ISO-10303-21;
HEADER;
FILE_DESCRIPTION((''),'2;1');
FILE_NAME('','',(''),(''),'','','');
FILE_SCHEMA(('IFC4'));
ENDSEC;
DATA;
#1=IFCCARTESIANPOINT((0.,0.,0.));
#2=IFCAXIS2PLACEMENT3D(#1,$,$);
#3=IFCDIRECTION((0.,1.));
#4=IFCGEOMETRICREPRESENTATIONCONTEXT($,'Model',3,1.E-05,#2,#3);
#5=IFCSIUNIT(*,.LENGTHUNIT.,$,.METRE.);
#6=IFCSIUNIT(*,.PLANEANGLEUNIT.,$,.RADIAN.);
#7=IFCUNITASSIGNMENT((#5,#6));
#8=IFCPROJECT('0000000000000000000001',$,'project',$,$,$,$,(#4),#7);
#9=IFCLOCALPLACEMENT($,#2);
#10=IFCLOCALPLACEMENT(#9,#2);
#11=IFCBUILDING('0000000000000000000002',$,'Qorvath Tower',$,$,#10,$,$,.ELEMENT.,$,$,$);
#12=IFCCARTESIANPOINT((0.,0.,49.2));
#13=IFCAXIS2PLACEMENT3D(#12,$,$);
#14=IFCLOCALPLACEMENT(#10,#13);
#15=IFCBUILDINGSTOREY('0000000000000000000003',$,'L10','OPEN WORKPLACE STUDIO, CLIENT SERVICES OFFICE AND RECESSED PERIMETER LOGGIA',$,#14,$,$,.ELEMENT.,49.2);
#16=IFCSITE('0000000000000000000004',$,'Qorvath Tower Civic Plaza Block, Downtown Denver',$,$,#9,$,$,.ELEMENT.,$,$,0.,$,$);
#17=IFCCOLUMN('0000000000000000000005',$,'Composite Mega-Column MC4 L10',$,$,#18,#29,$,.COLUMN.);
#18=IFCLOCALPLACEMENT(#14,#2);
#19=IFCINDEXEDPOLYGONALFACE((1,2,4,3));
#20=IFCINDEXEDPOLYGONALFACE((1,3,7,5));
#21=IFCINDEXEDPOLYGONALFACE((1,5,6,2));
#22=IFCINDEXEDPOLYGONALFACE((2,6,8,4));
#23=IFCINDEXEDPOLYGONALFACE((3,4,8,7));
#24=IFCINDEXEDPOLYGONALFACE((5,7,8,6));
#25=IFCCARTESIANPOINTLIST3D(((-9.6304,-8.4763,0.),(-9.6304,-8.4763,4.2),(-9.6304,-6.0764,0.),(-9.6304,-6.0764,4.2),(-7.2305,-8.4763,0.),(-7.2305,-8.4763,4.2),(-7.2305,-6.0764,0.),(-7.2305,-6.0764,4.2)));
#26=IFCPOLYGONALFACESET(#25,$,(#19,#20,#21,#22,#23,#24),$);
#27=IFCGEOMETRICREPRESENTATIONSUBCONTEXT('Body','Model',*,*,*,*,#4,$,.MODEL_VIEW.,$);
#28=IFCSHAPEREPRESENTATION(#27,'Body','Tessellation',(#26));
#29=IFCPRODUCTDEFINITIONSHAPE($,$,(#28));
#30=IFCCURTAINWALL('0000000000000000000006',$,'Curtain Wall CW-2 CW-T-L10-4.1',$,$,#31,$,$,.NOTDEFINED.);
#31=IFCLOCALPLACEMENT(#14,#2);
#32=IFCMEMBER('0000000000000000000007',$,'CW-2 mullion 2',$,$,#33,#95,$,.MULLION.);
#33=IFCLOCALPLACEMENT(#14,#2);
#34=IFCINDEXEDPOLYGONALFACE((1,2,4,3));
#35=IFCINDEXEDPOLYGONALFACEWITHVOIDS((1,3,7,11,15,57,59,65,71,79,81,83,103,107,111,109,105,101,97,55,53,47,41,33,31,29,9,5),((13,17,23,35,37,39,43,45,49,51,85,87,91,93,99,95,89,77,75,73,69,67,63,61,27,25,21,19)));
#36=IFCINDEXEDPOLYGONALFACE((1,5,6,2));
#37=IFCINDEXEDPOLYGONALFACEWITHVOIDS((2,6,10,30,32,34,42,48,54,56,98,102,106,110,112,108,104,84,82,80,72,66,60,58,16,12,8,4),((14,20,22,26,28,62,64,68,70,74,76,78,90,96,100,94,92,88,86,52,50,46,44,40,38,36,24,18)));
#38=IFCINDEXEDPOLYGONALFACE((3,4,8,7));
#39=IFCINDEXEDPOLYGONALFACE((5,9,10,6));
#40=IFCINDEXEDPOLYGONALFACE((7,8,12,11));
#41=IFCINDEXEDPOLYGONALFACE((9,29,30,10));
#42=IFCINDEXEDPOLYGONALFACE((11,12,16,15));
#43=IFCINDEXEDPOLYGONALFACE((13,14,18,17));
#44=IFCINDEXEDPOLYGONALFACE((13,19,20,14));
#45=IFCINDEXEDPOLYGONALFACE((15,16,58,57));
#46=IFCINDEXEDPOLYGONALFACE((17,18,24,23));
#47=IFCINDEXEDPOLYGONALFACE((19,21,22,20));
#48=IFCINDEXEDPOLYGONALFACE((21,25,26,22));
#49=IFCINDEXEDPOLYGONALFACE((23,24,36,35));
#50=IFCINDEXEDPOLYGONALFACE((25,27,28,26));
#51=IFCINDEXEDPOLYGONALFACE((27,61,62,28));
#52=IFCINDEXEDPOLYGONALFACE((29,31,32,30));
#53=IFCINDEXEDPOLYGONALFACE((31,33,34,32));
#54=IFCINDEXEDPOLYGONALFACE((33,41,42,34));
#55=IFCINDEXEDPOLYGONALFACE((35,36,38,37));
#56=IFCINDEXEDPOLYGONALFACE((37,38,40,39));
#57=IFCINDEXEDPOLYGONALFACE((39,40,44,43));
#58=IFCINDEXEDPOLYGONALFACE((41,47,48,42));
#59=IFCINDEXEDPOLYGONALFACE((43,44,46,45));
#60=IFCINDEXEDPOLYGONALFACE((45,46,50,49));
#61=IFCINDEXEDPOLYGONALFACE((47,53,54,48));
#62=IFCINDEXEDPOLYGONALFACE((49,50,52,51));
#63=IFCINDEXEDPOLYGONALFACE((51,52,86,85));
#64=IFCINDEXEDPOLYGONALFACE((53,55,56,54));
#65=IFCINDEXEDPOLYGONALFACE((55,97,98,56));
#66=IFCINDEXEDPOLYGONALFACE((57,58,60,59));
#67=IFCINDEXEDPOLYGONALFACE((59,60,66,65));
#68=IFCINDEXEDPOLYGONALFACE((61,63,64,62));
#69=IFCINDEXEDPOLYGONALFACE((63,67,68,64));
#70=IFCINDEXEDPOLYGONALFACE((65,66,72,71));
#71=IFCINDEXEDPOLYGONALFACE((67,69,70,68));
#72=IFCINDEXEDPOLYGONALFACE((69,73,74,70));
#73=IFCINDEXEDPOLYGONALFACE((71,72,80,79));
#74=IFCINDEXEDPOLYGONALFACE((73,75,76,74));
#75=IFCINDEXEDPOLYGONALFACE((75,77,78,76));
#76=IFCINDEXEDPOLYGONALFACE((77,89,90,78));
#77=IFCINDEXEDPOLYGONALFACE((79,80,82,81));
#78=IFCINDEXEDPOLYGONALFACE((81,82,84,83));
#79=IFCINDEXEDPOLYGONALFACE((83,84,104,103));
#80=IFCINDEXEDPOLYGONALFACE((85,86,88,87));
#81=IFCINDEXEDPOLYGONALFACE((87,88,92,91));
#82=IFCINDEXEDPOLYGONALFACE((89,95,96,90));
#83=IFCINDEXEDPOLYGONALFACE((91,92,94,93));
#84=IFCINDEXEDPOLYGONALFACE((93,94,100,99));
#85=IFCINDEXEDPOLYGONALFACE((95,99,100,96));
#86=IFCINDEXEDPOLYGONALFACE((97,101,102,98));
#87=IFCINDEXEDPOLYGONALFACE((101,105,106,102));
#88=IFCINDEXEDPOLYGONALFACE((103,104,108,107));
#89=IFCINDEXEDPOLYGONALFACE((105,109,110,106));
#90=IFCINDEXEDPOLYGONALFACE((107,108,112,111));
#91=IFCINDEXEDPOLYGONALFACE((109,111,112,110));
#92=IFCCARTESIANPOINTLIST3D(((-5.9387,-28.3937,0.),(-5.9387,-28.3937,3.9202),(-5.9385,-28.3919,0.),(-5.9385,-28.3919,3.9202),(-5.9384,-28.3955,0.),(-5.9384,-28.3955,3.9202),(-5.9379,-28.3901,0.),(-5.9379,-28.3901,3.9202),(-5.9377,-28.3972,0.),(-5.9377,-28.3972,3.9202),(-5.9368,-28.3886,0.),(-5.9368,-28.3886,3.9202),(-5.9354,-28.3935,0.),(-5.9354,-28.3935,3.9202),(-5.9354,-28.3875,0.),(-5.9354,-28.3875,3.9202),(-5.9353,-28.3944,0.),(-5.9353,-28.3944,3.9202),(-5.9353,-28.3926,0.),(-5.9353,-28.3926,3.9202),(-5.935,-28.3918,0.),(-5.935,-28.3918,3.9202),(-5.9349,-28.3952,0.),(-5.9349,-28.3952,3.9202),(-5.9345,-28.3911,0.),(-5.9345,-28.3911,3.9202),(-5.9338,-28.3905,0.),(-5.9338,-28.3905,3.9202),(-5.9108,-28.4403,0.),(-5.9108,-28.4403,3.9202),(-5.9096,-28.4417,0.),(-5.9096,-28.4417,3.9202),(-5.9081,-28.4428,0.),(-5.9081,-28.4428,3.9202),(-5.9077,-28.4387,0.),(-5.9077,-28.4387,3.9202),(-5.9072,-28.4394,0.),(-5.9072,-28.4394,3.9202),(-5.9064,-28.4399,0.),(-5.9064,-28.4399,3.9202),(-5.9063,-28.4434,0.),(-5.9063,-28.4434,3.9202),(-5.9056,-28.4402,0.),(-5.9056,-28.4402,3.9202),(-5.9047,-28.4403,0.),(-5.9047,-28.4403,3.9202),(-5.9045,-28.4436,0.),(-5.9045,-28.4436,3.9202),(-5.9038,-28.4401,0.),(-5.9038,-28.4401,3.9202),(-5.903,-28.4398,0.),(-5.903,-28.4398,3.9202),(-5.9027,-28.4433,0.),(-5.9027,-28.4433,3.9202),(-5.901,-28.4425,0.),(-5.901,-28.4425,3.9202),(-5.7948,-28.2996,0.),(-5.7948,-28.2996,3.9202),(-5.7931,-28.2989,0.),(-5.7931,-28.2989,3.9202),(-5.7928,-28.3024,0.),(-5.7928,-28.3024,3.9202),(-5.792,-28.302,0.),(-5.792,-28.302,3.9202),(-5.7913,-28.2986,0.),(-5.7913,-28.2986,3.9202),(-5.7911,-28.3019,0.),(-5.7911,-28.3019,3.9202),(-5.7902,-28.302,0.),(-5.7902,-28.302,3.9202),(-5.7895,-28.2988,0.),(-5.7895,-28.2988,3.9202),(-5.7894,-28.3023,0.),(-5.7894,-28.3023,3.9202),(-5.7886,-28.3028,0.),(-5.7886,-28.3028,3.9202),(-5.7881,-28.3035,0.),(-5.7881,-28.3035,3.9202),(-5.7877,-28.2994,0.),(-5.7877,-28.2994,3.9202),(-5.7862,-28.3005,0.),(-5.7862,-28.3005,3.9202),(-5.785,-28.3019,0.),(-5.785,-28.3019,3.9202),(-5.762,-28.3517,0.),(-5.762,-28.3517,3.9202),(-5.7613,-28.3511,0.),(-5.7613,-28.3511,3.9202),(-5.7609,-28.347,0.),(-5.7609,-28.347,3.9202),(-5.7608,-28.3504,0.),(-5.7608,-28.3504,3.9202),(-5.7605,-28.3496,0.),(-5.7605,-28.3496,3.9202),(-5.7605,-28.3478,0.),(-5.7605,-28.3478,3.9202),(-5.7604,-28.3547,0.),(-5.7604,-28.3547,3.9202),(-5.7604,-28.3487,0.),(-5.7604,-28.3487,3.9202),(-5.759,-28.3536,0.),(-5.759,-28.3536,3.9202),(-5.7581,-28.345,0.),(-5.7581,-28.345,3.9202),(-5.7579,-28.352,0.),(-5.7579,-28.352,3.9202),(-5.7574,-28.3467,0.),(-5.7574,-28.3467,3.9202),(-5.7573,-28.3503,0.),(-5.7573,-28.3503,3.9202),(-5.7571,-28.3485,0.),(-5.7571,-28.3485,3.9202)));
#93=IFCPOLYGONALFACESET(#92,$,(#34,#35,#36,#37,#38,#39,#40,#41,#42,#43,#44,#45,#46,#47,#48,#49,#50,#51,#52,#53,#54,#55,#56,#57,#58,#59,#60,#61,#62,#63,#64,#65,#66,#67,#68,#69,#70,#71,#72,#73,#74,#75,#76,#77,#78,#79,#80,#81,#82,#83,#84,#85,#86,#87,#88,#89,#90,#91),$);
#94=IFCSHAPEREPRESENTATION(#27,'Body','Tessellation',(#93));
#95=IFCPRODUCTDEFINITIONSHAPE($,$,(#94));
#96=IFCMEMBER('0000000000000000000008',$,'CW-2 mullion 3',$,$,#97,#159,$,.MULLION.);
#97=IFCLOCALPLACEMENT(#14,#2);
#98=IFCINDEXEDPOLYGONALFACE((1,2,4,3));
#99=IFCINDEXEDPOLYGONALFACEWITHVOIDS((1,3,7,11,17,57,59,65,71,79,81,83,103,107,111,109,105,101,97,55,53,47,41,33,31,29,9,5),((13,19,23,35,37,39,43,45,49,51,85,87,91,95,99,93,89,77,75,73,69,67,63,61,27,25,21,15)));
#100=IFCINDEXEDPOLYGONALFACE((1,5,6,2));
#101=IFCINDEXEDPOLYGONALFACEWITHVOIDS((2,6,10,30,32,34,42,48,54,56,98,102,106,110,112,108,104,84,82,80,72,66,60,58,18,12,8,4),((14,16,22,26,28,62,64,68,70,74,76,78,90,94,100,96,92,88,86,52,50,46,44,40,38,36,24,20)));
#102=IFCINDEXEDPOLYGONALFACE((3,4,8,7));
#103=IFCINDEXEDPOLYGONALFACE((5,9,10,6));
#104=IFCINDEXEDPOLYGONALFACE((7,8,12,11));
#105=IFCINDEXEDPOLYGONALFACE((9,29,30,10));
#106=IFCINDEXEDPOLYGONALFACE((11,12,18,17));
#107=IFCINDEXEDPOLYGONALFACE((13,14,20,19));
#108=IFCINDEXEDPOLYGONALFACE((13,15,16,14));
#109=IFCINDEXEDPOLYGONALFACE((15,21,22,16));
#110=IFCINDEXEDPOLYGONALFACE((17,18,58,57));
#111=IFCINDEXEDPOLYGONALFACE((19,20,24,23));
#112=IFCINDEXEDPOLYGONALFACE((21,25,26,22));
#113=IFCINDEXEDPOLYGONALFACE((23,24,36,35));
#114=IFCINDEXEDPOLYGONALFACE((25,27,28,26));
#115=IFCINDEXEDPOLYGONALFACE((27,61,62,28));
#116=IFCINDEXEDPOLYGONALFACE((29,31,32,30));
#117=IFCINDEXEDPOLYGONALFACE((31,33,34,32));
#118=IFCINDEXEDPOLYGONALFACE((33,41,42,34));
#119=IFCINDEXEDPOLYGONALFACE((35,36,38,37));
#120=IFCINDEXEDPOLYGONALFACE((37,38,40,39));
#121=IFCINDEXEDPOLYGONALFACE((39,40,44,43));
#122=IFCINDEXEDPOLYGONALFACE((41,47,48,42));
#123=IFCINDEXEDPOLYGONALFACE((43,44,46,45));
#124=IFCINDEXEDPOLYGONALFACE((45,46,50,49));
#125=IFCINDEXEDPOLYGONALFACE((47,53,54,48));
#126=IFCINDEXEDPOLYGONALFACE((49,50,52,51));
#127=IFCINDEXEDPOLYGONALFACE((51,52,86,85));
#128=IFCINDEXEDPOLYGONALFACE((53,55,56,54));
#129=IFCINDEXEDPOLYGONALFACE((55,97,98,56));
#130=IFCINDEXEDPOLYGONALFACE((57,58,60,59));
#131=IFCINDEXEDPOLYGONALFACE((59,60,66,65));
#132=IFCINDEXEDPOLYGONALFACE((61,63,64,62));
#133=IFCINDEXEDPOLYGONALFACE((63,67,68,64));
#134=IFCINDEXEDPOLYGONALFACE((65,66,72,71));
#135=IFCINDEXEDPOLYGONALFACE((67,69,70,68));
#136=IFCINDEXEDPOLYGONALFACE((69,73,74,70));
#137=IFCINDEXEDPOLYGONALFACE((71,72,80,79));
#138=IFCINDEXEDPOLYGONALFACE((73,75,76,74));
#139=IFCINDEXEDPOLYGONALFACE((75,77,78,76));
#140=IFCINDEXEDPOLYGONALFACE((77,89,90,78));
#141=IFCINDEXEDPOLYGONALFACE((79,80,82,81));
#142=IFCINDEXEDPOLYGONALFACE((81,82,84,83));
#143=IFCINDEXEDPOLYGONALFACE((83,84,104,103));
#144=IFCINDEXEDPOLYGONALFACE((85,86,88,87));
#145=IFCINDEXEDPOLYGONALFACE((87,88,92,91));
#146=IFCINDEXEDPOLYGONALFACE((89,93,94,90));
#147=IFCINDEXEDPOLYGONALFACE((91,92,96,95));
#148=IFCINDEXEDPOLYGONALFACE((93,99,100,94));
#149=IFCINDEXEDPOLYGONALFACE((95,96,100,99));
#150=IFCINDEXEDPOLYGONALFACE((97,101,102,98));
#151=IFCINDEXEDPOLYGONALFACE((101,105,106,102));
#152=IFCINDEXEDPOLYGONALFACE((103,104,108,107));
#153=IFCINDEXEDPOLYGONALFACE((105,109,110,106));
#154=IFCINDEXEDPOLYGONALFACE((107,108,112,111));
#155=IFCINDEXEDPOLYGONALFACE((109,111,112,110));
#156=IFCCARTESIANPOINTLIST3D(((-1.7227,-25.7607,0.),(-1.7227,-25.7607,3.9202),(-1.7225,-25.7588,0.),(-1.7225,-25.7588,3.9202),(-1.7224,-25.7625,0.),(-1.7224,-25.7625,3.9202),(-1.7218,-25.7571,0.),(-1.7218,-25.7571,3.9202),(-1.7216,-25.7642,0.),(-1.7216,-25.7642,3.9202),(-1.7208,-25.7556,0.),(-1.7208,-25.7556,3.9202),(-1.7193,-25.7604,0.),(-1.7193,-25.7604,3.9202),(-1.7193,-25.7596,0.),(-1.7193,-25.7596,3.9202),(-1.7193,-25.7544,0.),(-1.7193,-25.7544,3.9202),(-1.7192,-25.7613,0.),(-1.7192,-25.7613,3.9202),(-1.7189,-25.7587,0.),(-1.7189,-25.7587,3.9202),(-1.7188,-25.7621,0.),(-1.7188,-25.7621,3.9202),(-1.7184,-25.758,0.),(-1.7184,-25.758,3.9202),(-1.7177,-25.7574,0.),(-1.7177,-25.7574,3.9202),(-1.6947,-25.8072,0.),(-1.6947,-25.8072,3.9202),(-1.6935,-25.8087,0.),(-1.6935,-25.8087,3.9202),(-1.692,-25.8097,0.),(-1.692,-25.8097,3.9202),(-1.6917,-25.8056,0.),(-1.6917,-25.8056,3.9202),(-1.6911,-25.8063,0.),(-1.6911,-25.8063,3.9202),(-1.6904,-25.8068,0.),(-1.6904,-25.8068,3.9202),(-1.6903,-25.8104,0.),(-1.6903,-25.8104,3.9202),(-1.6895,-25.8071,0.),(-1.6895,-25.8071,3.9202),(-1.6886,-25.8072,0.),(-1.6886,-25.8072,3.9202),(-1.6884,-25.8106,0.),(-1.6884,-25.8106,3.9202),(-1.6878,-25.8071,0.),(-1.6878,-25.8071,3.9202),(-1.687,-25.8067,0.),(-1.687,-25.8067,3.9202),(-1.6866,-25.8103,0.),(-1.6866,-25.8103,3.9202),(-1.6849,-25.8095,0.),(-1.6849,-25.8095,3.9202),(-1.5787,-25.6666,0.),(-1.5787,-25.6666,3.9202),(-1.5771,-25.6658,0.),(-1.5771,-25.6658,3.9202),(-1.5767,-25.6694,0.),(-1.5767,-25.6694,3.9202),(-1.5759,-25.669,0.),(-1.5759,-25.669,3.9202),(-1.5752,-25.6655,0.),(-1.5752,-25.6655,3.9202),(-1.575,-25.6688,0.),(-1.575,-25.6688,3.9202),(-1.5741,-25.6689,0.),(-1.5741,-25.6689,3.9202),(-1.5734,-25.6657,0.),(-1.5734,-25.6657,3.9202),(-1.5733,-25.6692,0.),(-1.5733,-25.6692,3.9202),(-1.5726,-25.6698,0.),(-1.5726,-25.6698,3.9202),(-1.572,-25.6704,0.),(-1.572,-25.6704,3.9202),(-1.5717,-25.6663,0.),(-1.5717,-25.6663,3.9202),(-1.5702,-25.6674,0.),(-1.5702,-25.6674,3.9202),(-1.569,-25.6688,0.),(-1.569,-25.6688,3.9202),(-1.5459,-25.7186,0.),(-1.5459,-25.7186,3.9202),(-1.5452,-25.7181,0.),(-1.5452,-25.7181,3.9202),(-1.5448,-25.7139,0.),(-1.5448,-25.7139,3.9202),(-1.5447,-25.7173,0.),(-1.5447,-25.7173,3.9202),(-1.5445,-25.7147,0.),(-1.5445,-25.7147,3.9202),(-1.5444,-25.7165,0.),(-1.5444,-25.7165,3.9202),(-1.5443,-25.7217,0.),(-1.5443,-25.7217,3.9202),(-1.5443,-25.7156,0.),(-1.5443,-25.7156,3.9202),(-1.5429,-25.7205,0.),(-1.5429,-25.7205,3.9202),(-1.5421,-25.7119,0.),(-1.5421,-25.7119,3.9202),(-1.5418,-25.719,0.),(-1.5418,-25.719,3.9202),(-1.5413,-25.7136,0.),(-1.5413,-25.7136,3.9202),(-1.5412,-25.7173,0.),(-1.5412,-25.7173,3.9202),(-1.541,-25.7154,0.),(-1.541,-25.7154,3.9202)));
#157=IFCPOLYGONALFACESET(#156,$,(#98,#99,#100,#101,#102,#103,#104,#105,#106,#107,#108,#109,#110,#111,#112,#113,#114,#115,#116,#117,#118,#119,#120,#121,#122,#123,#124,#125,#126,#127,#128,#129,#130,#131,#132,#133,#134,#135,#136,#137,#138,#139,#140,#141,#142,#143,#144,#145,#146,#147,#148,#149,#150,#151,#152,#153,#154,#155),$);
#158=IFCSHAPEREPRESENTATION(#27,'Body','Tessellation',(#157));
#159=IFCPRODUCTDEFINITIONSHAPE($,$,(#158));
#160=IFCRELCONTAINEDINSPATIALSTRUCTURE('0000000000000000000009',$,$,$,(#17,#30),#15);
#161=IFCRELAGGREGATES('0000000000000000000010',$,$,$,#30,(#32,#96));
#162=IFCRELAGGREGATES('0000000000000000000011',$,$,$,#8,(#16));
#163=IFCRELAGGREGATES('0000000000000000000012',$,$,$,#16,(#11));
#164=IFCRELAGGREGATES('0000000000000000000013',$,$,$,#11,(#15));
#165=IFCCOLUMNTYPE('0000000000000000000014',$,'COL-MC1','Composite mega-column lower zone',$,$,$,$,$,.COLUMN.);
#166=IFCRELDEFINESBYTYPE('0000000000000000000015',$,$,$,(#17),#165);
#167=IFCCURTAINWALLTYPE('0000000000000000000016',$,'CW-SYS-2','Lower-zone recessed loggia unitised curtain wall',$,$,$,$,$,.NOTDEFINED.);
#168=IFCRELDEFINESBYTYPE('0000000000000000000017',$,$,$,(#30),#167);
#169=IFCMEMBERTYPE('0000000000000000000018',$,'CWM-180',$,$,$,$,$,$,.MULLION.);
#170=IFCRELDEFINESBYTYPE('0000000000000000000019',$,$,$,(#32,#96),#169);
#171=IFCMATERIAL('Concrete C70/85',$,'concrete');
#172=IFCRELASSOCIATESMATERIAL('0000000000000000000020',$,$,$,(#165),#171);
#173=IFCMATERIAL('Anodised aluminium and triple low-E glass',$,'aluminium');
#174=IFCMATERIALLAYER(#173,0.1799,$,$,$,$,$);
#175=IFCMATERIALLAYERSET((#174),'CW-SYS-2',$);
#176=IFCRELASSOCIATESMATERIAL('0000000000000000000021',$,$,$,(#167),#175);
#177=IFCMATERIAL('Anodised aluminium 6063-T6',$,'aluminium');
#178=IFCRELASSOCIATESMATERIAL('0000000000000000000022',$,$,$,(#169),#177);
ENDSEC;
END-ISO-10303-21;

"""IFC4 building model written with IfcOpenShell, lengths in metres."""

from ifc_helpers import new_model, si_unit, direction, frame, origin, origin_2d, place, context, subcontext, project, spatial, rectangle, hollow_rectangle, extrude, material, layer, layer_set, material_profile, profile_set, type_object, element, aggregate, save


model = new_model("IFC4")

# Units and contexts
model_context = context("Model", 3, precision=1e-05, world=origin(), true_north=direction((0.0, 1.0)))
body_context = subcontext(model_context, "Body", "Model", "MODEL_VIEW")
ifc_project = project(units=[si_unit("LENGTHUNIT", "METRE"), si_unit("PLANEANGLEUNIT", "RADIAN")], contexts=[model_context])

# Site, building, storey
site_placement = place(None, origin())
site = spatial("IfcSite", under=ifc_project, at=site_placement, Name="Qorvath Tower Civic Plaza Block, Downtown Denver", CompositionType="ELEMENT", RefElevation=0.0)
building_placement = place(site_placement, origin())
building = spatial("IfcBuilding", under=site, at=building_placement, Name="Qorvath Tower", CompositionType="ELEMENT")
storey_placement = place(building_placement, frame((0.0, 0.0, 49.2)))
storey = spatial("IfcBuildingStorey", under=building, at=storey_placement, Name="L10", Description="OPEN WORKPLACE STUDIO, CLIENT SERVICES OFFICE AND RECESSED PERIMETER LOGGIA", CompositionType="ELEMENT", Elevation=49.2)

# Column
ifc_material_1 = material(Name="Concrete C70/85", Category="concrete")
ifc_material_profile_1 = material_profile(ifc_material_1, rectangle(XDim=2.3999, YDim=2.3999, at=origin_2d()), Name="MC 2400x2400")
ifc_profile_set_1 = profile_set([ifc_material_profile_1], Name="Concrete C70/85")
column_type = type_object("IfcColumnType", Name="COL-MC1", Description="Composite mega-column lower zone", PredefinedType="COLUMN", material=ifc_profile_set_1)
column_placement = place(storey_placement, frame((-8.4304, -7.2764, 0.0), z_axis=(0.0, 0.0, 1.0), x_axis=(1.0, 0.0, 0.0)))
element("IfcColumn", 1, at=column_placement, inside=storey, type_object=column_type, Name="Composite Mega-Column MC4 L10", PredefinedType="COLUMN", context=body_context, shape_type="SweptSolid", body=[
    extrude(rectangle(XDim=2.3999, YDim=2.3999, at=origin_2d()), origin(), (0.0, 0.0, 1.0), 4.2),
])

# Curtain wall, members
ifc_material_2 = material(Name="Anodised aluminium and triple low-E glass", Category="aluminium")
ifc_layer_1 = layer(ifc_material_2, 0.1799)
ifc_layer_set_1 = layer_set([ifc_layer_1], Name="CW-SYS-2")
curtain_wall_type = type_object("IfcCurtainWallType", Name="CW-SYS-2", Description="Lower-zone recessed loggia unitised curtain wall", PredefinedType="NOTDEFINED", material=ifc_layer_set_1)
curtain_wall_1_placement = place(storey_placement, origin())
curtain_wall_1 = element("IfcCurtainWall", 2, at=curtain_wall_1_placement, inside=storey, type_object=curtain_wall_type, Name="Curtain Wall CW-2 CW-T-L10-4.1", PredefinedType="NOTDEFINED")
ifc_material_3 = material(Name="Anodised aluminium 6063-T6", Category="aluminium")
ifc_material_profile_2 = material_profile(ifc_material_3, hollow_rectangle(XDim=0.0649, YDim=0.1799, WallThickness=0.0034, InnerFilletRadius=0.0034, OuterFilletRadius=0.0071, at=origin_2d()), Name="CWM 180x65")
ifc_profile_set_2 = profile_set([ifc_material_profile_2], Name="Anodised aluminium 6063-T6")
member_type_1 = type_object("IfcMemberType", Name="CWM-180", PredefinedType="MULLION", material=ifc_profile_set_2)
member_1_placement = place(storey_placement, frame((-5.8479, -28.3711, 0.0), z_axis=(0.0, 0.0, 1.0), x_axis=(-0.529724, 0.84817, 0.0)))
member_1 = element("IfcMember", 3, at=member_1_placement, type_object=member_type_1, Name="CW-2 mullion 2", PredefinedType="MULLION", context=body_context, shape_type="SweptSolid", body=[
    extrude(hollow_rectangle(XDim=0.0649, YDim=0.1799, WallThickness=0.0034, InnerFilletRadius=0.0034, OuterFilletRadius=0.0071, at=origin_2d()), origin(), (0.0, 0.0, 1.0), 3.9202),
])
member_2_placement = place(storey_placement, frame((-1.6318, -25.738, 0.0), z_axis=(0.0, 0.0, 1.0), x_axis=(-0.529724, 0.84817, 0.0)))
member_2 = element("IfcMember", 4, at=member_2_placement, type_object=member_type_1, Name="CW-2 mullion 3", PredefinedType="MULLION", context=body_context, shape_type="SweptSolid", body=[
    extrude(hollow_rectangle(XDim=0.0649, YDim=0.1799, WallThickness=0.0034, InnerFilletRadius=0.0034, OuterFilletRadius=0.0071, at=origin_2d()), origin(), (0.0, 0.0, 1.0), 3.9202),
])

aggregate(curtain_wall_1, [member_1, member_2])

save(model, "model.ifc")
